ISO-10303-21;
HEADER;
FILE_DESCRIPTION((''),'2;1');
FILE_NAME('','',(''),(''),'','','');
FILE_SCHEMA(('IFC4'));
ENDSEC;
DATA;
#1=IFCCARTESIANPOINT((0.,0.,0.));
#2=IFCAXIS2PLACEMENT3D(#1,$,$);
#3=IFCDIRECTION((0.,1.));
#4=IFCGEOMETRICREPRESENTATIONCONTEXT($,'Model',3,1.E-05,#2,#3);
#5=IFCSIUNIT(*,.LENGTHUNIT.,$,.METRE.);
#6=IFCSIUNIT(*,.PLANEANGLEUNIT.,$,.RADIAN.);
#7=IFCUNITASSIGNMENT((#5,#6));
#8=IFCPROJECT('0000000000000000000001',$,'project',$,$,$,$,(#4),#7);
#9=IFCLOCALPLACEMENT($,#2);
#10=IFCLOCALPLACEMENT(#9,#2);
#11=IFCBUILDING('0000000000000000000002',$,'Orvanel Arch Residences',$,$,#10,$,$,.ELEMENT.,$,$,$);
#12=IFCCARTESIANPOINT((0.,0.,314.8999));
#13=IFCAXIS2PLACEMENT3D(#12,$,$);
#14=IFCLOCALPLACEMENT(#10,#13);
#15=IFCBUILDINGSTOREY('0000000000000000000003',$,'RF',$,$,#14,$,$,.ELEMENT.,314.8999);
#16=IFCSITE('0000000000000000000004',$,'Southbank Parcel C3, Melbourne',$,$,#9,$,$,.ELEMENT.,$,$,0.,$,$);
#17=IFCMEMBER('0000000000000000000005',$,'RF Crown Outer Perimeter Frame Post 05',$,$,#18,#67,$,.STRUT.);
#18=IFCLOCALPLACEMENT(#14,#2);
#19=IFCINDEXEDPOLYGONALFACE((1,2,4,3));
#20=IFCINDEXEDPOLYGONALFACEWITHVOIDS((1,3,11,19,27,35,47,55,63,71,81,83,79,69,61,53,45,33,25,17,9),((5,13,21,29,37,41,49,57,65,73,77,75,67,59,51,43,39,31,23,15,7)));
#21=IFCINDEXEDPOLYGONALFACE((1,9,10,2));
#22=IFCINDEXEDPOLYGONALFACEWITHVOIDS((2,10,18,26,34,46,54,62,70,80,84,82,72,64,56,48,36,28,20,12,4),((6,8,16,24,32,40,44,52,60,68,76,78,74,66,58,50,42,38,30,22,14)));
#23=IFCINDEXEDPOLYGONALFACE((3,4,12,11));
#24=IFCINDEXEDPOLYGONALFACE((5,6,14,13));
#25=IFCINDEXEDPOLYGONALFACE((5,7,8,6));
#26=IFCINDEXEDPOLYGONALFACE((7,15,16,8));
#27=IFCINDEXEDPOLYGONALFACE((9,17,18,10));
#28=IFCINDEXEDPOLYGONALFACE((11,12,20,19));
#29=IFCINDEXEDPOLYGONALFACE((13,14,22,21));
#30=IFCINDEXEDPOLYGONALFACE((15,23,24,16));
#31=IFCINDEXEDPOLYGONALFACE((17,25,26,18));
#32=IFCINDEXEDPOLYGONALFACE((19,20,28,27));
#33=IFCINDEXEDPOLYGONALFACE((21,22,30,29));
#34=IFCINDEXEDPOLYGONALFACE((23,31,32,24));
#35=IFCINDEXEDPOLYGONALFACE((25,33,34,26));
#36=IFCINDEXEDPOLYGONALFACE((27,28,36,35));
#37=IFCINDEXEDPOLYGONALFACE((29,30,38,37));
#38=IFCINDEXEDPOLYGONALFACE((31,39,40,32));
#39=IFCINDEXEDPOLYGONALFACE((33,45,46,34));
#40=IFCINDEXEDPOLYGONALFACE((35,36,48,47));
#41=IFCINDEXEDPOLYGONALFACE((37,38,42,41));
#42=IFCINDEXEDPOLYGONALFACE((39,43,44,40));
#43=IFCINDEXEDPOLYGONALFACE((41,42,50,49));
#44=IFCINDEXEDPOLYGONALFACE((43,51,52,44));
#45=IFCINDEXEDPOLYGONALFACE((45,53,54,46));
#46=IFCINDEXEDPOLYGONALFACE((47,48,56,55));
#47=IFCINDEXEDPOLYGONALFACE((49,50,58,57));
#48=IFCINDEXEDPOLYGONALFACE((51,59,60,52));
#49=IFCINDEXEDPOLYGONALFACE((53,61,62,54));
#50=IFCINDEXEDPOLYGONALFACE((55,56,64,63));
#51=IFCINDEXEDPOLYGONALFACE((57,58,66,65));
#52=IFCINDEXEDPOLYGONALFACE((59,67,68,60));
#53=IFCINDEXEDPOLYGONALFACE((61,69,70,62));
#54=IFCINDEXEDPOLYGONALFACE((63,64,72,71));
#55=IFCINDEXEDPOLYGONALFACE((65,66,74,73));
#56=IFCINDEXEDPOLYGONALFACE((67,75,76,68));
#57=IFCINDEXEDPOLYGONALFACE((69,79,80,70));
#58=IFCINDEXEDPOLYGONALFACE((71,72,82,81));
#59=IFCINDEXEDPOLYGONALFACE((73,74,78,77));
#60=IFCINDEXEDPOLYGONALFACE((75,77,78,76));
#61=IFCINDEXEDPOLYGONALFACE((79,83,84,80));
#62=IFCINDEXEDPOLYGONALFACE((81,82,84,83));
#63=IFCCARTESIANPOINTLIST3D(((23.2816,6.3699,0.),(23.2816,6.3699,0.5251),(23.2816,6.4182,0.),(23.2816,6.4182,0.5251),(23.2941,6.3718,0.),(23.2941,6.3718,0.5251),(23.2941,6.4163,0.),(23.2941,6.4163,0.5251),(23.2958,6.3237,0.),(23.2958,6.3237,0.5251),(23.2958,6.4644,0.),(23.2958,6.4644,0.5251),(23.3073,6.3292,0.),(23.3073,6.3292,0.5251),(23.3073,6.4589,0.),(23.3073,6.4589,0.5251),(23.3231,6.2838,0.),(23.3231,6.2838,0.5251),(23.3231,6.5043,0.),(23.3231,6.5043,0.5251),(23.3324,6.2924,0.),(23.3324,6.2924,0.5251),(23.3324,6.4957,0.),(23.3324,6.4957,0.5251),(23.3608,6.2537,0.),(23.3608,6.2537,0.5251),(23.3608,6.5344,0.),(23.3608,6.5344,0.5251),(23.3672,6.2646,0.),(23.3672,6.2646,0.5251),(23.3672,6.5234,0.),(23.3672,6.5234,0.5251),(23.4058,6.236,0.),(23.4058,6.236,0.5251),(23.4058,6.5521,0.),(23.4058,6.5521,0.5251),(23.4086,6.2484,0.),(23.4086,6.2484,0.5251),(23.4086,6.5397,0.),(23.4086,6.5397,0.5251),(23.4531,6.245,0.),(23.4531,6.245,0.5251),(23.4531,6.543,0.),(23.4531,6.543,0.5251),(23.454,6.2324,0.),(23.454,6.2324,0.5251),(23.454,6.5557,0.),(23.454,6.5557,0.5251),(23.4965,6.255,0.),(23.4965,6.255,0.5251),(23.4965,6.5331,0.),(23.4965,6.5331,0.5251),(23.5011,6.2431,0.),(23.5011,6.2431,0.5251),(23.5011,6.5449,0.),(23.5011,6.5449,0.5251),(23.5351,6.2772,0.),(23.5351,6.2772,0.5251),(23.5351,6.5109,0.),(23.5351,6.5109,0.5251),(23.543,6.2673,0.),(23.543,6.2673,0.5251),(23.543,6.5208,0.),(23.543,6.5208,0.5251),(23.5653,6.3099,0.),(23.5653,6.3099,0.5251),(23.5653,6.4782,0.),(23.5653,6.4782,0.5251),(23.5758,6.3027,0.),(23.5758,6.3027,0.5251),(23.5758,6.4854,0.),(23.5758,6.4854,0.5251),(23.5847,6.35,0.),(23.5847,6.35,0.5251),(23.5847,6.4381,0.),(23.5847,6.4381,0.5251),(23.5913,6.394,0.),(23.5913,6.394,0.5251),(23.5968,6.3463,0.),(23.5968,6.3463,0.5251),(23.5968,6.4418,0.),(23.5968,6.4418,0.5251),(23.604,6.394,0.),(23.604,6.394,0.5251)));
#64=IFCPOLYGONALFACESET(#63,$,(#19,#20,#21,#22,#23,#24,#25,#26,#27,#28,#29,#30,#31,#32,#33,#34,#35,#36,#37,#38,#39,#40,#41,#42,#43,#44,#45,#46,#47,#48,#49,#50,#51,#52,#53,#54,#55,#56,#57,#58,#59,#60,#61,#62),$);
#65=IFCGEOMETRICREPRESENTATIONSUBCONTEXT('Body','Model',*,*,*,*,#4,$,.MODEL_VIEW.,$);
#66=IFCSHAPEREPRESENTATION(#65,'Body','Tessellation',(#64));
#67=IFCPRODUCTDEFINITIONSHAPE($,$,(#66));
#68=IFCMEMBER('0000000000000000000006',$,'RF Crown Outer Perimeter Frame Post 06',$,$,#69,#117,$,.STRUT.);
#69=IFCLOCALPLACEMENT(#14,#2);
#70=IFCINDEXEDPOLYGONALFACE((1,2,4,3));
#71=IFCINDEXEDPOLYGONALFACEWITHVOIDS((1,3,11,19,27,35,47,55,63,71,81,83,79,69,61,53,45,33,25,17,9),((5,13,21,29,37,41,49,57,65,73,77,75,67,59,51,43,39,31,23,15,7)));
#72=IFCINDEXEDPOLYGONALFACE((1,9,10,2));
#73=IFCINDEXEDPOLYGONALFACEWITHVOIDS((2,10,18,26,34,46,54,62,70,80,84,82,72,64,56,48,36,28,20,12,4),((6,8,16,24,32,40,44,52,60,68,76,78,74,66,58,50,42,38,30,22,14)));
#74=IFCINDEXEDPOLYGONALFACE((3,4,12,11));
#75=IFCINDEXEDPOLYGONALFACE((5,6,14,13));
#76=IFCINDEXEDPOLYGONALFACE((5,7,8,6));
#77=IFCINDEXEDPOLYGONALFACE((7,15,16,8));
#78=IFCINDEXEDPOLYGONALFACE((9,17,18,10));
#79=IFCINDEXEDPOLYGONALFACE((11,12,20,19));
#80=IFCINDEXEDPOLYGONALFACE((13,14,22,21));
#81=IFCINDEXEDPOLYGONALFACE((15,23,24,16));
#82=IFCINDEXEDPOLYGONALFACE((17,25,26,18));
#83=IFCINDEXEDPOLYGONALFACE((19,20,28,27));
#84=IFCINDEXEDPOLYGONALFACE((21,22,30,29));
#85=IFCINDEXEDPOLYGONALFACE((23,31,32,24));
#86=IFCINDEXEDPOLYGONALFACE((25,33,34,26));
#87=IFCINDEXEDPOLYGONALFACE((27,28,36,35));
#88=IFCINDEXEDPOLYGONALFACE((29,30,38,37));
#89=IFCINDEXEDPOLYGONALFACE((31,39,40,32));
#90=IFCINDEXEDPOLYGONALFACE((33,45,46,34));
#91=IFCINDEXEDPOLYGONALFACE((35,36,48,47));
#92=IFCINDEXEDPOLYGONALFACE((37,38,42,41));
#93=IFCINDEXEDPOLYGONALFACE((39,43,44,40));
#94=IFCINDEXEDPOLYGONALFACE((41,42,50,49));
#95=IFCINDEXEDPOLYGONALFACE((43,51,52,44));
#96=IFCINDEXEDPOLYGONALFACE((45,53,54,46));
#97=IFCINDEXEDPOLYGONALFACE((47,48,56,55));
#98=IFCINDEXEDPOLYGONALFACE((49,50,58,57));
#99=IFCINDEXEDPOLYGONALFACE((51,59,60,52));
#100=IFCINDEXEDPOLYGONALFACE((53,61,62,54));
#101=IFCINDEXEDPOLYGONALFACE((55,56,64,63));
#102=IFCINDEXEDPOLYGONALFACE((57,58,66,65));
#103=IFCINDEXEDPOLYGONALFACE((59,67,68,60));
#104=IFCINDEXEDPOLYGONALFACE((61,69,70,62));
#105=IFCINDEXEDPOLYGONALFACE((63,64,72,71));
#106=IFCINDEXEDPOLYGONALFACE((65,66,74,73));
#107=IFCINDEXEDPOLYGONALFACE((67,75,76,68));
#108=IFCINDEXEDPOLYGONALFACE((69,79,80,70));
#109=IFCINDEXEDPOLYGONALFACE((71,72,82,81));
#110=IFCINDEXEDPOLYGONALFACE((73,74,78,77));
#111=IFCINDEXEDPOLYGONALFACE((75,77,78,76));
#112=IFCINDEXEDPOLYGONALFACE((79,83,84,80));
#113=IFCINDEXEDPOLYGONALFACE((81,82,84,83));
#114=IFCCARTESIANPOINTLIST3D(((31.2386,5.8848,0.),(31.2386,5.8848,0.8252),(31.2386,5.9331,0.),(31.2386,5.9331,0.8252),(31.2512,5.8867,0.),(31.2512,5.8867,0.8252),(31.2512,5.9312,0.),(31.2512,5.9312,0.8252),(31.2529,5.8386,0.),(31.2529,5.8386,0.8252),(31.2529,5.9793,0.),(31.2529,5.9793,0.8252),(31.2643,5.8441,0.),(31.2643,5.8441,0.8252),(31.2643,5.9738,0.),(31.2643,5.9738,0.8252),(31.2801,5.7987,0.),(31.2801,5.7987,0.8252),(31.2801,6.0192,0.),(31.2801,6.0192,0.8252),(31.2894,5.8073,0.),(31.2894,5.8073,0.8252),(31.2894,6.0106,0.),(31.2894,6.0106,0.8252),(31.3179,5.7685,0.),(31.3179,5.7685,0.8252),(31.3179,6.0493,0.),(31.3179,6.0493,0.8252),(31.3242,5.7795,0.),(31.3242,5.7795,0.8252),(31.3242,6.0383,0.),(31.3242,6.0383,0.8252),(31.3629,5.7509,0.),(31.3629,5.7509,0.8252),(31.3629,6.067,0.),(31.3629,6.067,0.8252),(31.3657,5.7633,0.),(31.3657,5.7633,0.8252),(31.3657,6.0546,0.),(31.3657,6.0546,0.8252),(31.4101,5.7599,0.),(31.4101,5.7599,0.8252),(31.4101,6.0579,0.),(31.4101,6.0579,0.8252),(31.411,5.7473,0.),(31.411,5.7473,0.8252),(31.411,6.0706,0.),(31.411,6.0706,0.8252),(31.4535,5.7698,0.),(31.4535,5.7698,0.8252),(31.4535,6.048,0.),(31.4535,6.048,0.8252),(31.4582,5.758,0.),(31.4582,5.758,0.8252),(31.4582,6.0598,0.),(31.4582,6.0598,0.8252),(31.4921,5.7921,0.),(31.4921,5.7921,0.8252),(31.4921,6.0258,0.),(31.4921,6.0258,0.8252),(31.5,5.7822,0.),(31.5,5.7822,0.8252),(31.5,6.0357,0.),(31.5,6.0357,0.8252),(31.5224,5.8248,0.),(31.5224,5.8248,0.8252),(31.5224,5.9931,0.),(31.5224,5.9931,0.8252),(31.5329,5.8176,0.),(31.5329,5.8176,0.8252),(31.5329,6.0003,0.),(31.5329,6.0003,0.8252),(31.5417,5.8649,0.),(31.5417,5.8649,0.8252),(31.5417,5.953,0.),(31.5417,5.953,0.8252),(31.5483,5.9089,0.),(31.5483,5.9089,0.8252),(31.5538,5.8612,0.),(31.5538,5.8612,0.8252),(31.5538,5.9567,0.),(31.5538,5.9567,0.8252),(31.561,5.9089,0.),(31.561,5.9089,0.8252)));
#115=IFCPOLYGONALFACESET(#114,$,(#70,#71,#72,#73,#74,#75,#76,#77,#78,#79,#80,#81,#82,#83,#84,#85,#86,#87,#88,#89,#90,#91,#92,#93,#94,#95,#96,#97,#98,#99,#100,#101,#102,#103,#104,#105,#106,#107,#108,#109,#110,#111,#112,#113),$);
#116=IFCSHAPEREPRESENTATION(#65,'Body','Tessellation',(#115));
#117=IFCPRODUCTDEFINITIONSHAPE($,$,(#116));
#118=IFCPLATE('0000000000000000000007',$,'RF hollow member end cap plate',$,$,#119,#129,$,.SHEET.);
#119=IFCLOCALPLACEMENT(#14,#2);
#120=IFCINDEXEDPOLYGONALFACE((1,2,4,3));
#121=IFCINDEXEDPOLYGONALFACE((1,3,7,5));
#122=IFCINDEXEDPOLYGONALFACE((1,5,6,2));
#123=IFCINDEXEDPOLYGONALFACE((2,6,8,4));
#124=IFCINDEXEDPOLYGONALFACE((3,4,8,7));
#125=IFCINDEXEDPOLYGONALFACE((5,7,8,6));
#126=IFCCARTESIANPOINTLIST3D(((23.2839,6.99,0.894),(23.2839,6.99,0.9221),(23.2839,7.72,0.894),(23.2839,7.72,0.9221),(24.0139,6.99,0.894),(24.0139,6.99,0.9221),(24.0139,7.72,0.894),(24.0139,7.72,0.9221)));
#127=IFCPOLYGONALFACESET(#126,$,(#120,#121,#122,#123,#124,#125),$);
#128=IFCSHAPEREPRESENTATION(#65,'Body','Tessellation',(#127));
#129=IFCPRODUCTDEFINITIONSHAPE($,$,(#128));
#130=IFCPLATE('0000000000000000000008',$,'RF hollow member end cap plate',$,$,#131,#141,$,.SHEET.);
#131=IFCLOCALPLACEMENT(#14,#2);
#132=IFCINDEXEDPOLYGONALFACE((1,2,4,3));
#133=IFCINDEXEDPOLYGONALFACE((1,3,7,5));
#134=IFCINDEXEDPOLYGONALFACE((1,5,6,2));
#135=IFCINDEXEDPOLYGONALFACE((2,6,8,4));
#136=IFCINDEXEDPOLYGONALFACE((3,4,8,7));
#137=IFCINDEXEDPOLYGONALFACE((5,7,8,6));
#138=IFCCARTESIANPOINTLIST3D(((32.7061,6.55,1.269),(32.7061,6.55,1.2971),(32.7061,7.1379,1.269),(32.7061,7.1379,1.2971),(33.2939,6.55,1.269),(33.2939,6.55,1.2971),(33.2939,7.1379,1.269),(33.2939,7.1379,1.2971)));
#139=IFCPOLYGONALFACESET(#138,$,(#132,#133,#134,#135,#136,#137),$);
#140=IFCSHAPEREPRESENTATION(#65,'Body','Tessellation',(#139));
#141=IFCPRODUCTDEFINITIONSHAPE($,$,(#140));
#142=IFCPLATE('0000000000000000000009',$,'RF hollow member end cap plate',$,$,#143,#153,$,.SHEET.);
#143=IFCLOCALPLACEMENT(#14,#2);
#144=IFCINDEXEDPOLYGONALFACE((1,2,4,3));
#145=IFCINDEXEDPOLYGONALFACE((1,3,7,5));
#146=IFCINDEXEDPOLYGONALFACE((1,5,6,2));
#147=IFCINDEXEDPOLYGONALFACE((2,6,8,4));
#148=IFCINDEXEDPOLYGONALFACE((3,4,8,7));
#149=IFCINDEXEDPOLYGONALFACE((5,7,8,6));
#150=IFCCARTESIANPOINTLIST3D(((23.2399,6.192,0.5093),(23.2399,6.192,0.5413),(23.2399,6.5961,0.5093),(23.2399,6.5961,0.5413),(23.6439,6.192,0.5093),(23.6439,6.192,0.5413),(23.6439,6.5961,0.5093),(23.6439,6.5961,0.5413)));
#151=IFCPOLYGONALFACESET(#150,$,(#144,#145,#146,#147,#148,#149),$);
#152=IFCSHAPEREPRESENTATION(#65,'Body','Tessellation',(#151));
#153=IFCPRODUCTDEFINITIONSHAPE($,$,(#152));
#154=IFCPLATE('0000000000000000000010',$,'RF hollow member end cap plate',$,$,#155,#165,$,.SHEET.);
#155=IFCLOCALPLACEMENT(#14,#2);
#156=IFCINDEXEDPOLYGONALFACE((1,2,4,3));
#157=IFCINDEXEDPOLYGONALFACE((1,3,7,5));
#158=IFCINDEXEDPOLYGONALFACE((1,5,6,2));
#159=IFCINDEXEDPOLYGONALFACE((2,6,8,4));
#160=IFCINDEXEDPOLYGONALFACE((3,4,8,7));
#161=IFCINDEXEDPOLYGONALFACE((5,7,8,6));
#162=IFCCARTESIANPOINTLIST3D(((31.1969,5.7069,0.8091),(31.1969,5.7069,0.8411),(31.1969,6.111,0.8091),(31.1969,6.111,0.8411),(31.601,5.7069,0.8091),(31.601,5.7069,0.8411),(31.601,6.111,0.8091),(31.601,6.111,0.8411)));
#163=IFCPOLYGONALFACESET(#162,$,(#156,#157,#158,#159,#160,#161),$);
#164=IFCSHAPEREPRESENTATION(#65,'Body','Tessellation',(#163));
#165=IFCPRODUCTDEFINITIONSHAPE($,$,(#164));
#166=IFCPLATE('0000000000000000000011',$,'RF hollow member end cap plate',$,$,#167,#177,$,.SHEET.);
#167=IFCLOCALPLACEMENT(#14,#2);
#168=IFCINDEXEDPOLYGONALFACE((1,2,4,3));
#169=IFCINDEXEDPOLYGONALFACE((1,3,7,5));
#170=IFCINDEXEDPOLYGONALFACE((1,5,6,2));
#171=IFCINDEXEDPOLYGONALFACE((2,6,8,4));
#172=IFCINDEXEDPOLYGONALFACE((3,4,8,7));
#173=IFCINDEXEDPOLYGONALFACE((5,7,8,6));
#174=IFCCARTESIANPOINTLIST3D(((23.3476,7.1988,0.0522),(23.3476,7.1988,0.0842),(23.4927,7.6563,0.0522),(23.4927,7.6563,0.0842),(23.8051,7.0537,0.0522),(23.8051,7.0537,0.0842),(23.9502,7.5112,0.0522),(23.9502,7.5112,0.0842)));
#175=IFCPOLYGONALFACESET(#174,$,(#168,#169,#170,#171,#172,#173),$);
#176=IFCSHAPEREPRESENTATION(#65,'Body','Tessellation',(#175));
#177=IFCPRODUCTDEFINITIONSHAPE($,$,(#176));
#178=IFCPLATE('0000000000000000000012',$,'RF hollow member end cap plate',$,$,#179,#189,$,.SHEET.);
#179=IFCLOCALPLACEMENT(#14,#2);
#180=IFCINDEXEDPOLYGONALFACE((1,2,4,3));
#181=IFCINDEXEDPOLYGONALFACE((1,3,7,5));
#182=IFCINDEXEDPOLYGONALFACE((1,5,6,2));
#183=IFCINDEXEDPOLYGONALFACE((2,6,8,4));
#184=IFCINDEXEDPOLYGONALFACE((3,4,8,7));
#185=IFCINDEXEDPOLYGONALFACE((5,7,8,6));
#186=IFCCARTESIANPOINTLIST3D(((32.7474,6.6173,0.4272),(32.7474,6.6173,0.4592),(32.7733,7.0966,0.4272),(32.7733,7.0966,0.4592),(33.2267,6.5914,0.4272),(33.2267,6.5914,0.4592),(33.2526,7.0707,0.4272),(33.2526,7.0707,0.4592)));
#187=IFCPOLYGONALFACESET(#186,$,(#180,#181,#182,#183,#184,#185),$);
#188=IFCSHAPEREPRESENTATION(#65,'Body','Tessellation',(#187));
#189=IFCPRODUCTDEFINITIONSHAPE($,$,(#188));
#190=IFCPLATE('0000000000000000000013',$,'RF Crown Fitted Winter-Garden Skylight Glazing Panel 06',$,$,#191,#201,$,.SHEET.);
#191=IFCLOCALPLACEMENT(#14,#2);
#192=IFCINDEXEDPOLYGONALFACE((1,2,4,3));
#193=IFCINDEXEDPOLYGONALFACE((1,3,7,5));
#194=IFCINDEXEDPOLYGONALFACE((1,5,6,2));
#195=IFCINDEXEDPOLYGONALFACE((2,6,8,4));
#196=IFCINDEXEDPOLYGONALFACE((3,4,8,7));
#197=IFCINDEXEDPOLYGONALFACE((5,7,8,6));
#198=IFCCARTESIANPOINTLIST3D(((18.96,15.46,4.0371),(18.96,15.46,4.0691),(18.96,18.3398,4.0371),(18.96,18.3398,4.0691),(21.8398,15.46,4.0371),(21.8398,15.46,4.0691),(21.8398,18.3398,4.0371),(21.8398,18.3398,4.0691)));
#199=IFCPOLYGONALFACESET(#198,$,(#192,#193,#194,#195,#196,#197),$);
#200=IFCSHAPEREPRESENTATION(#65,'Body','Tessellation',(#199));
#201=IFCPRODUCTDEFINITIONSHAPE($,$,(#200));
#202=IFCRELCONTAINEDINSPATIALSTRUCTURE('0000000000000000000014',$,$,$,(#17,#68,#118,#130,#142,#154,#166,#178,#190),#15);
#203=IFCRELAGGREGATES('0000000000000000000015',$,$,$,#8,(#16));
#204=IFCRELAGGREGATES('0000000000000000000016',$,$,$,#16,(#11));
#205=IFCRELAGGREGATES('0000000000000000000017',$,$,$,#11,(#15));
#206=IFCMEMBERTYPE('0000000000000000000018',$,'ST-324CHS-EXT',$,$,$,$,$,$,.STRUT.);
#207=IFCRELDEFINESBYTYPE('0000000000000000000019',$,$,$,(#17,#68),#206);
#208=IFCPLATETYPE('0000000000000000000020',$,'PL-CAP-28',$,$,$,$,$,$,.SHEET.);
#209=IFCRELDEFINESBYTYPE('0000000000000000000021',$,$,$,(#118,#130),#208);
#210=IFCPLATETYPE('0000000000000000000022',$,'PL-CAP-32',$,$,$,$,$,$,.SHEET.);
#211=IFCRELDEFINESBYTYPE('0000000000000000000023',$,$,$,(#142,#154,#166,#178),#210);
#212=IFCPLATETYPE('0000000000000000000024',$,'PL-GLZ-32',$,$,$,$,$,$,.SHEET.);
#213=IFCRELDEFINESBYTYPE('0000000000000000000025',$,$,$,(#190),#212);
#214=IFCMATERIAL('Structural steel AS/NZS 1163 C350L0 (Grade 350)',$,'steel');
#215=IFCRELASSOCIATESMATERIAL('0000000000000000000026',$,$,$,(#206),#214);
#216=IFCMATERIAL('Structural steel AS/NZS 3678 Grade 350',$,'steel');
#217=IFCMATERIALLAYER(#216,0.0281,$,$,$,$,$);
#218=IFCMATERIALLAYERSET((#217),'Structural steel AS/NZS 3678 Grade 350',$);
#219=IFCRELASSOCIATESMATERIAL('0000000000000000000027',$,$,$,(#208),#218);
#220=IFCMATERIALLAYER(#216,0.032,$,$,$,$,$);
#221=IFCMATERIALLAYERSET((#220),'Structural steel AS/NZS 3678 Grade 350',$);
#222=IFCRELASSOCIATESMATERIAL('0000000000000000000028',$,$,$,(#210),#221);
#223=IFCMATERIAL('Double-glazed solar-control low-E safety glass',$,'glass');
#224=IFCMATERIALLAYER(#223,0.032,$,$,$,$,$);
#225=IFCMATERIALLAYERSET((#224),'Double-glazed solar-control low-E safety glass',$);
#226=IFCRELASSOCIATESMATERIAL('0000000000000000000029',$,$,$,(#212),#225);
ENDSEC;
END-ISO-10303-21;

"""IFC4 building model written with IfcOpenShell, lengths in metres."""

from ifc_helpers import new_model, si_unit, direction, frame, origin, origin_2d, place, context, subcontext, project, spatial, rectangle, hollow_circle, extrude, material, layer, layer_set, material_profile, profile_set, type_object, element, save


model = new_model("IFC4")

# Units and contexts
model_context = context("Model", 3, precision=1e-05, world=origin(), true_north=direction((0.0, 1.0)))
body_context = subcontext(model_context, "Body", "Model", "MODEL_VIEW")
ifc_project = project(units=[si_unit("LENGTHUNIT", "METRE"), si_unit("PLANEANGLEUNIT", "RADIAN")], contexts=[model_context])

# Site, building, storey
site_placement = place(None, origin())
site = spatial("IfcSite", under=ifc_project, at=site_placement, Name="Southbank Parcel C3, Melbourne", CompositionType="ELEMENT", RefElevation=0.0)
building_placement = place(site_placement, origin())
building = spatial("IfcBuilding", under=site, at=building_placement, Name="Orvanel Arch Residences", CompositionType="ELEMENT")
storey_placement = place(building_placement, frame((0.0, 0.0, 314.8999)))
storey = spatial("IfcBuildingStorey", under=building, at=storey_placement, Name="RF", CompositionType="ELEMENT", Elevation=314.8999)

# Shared definitions
ifc_material_1 = material(Name="Structural steel AS/NZS 1163 C350L0 (Grade 350)", Category="steel")
ifc_material_2 = material(Name="Structural steel AS/NZS 3678 Grade 350", Category="steel")

# Members
ifc_material_profile_1 = material_profile(ifc_material_1, hollow_circle(Radius=0.1621, WallThickness=0.0127, at=origin_2d()), Name="CHS324x12.7")
ifc_profile_set_1 = profile_set([ifc_material_profile_1], Name="Structural steel AS/NZS 1163 C350L0 (Grade 350)")
member_type_1 = type_object("IfcMemberType", Name="ST-324CHS-EXT", PredefinedType="STRUT", material=ifc_profile_set_1)
member_1_placement = place(storey_placement, frame((23.4419, 6.394, 0.0), z_axis=(0.0, 0.0, 1.0), x_axis=(1.0, 0.0, 0.0)))
element("IfcMember", 1, at=member_1_placement, inside=storey, type_object=member_type_1, Name="RF Crown Outer Perimeter Frame Post 05", PredefinedType="STRUT", context=body_context, shape_type="SweptSolid", body=[
    extrude(hollow_circle(Radius=0.1621, WallThickness=0.0127, at=origin_2d()), origin(), (0.0, 0.0, 1.0), 0.5251),
])
member_2_placement = place(storey_placement, frame((31.3989, 5.9089, 0.0), z_axis=(0.0, 0.0, 1.0), x_axis=(1.0, 0.0, 0.0)))
element("IfcMember", 2, at=member_2_placement, inside=storey, type_object=member_type_1, Name="RF Crown Outer Perimeter Frame Post 06", PredefinedType="STRUT", context=body_context, shape_type="SweptSolid", body=[
    extrude(hollow_circle(Radius=0.1621, WallThickness=0.0127, at=origin_2d()), origin(), (0.0, 0.0, 1.0), 0.8252),
])

# Plates
ifc_layer_1 = layer(ifc_material_2, 0.0281)
ifc_layer_set_1 = layer_set([ifc_layer_1], Name="Structural steel AS/NZS 3678 Grade 350")
plate_type_1 = type_object("IfcPlateType", Name="PL-CAP-28", PredefinedType="SHEET", material=ifc_layer_set_1)
plate_1_placement = place(storey_placement, frame((23.6489, 7.355, 0.894), z_axis=(0.0, 0.0, 1.0), x_axis=(1.0, 0.0, 0.0)))
element("IfcPlate", 3, at=plate_1_placement, inside=storey, type_object=plate_type_1, Name="RF hollow member end cap plate", PredefinedType="SHEET", context=body_context, shape_type="SweptSolid", body=[
    extrude(rectangle(XDim=0.73, YDim=0.73, at=origin_2d()), origin(), (0.0, 0.0, 1.0), 0.0281),
])
plate_2_placement = place(storey_placement, frame((33.0, 6.844, 1.269), z_axis=(0.0, 0.0, 1.0), x_axis=(1.0, 0.0, 0.0)))
element("IfcPlate", 4, at=plate_2_placement, inside=storey, type_object=plate_type_1, Name="RF hollow member end cap plate", PredefinedType="SHEET", context=body_context, shape_type="SweptSolid", body=[
    extrude(rectangle(XDim=0.5879, YDim=0.5879, at=origin_2d()), origin(), (0.0, 0.0, 1.0), 0.0281),
])
ifc_layer_2 = layer(ifc_material_2, 0.032)
ifc_layer_set_2 = layer_set([ifc_layer_2], Name="Structural steel AS/NZS 3678 Grade 350")
plate_type_2 = type_object("IfcPlateType", Name="PL-CAP-32", PredefinedType="SHEET", material=ifc_layer_set_2)
for number, where, z_axis, x_axis, name in (
    (5, (23.4419, 6.394, 0.5093), (0.0, 0.0, 1.0), (1.0, 0.0, 0.0), "RF hollow member end cap plate"),
    (6, (31.3989, 5.9089, 0.8091), (0.0, 0.0, 1.0), (1.0, 0.0, 0.0), "RF hollow member end cap plate"),
):
    element("IfcPlate", number, at=place(storey_placement, frame(where, z_axis=z_axis, x_axis=x_axis)), inside=storey, type_object=plate_type_2, Name=name, PredefinedType="SHEET", context=body_context, shape_type="SweptSolid", body=[
        extrude(rectangle(XDim=0.4041, YDim=0.4041, at=origin_2d()), origin(), (0.0, 0.0, 1.0), 0.032),
    ])
for number, where, z_axis, x_axis, name in (
    (7, (23.6489, 7.355, 0.0522), (0.0, 0.0, 1.0), (-0.953191, 0.30237, 0.0), "RF hollow member end cap plate"),
    (8, (33.0, 6.844, 0.4272), (0.0, 0.0, 1.0), (-0.998537, 0.054079, 0.0), "RF hollow member end cap plate"),
):
    element("IfcPlate", number, at=place(storey_placement, frame(where, z_axis=z_axis, x_axis=x_axis)), inside=storey, type_object=plate_type_2, Name=name, PredefinedType="SHEET", context=body_context, shape_type="SweptSolid", body=[
        extrude(rectangle(XDim=0.48, YDim=0.48, at=origin_2d()), origin(), (0.0, 0.0, 1.0), 0.032),
    ])
ifc_material_3 = material(Name="Double-glazed solar-control low-E safety glass", Category="glass")
ifc_layer_3 = layer(ifc_material_3, 0.032)
ifc_layer_set_3 = layer_set([ifc_layer_3], Name="Double-glazed solar-control low-E safety glass")
plate_type_3 = type_object("IfcPlateType", Name="PL-GLZ-32", PredefinedType="SHEET", material=ifc_layer_set_3)
for number, where, z_axis, x_axis, name in (
    (9, (20.3999, 16.8999, 4.0371), (0.0, 0.0, 1.0), (1.0, 0.0, 0.0), "RF Crown Fitted Winter-Garden Skylight Glazing Panel 06"),
):
    element("IfcPlate", number, at=place(storey_placement, frame(where, z_axis=z_axis, x_axis=x_axis)), inside=storey, type_object=plate_type_3, Name=name, PredefinedType="SHEET", context=body_context, shape_type="SweptSolid", body=[
        extrude(rectangle(XDim=2.8799, YDim=2.8799, at=origin_2d()), origin(), (0.0, 0.0, 1.0), 0.032),
    ])

save(model, "model.ifc")
